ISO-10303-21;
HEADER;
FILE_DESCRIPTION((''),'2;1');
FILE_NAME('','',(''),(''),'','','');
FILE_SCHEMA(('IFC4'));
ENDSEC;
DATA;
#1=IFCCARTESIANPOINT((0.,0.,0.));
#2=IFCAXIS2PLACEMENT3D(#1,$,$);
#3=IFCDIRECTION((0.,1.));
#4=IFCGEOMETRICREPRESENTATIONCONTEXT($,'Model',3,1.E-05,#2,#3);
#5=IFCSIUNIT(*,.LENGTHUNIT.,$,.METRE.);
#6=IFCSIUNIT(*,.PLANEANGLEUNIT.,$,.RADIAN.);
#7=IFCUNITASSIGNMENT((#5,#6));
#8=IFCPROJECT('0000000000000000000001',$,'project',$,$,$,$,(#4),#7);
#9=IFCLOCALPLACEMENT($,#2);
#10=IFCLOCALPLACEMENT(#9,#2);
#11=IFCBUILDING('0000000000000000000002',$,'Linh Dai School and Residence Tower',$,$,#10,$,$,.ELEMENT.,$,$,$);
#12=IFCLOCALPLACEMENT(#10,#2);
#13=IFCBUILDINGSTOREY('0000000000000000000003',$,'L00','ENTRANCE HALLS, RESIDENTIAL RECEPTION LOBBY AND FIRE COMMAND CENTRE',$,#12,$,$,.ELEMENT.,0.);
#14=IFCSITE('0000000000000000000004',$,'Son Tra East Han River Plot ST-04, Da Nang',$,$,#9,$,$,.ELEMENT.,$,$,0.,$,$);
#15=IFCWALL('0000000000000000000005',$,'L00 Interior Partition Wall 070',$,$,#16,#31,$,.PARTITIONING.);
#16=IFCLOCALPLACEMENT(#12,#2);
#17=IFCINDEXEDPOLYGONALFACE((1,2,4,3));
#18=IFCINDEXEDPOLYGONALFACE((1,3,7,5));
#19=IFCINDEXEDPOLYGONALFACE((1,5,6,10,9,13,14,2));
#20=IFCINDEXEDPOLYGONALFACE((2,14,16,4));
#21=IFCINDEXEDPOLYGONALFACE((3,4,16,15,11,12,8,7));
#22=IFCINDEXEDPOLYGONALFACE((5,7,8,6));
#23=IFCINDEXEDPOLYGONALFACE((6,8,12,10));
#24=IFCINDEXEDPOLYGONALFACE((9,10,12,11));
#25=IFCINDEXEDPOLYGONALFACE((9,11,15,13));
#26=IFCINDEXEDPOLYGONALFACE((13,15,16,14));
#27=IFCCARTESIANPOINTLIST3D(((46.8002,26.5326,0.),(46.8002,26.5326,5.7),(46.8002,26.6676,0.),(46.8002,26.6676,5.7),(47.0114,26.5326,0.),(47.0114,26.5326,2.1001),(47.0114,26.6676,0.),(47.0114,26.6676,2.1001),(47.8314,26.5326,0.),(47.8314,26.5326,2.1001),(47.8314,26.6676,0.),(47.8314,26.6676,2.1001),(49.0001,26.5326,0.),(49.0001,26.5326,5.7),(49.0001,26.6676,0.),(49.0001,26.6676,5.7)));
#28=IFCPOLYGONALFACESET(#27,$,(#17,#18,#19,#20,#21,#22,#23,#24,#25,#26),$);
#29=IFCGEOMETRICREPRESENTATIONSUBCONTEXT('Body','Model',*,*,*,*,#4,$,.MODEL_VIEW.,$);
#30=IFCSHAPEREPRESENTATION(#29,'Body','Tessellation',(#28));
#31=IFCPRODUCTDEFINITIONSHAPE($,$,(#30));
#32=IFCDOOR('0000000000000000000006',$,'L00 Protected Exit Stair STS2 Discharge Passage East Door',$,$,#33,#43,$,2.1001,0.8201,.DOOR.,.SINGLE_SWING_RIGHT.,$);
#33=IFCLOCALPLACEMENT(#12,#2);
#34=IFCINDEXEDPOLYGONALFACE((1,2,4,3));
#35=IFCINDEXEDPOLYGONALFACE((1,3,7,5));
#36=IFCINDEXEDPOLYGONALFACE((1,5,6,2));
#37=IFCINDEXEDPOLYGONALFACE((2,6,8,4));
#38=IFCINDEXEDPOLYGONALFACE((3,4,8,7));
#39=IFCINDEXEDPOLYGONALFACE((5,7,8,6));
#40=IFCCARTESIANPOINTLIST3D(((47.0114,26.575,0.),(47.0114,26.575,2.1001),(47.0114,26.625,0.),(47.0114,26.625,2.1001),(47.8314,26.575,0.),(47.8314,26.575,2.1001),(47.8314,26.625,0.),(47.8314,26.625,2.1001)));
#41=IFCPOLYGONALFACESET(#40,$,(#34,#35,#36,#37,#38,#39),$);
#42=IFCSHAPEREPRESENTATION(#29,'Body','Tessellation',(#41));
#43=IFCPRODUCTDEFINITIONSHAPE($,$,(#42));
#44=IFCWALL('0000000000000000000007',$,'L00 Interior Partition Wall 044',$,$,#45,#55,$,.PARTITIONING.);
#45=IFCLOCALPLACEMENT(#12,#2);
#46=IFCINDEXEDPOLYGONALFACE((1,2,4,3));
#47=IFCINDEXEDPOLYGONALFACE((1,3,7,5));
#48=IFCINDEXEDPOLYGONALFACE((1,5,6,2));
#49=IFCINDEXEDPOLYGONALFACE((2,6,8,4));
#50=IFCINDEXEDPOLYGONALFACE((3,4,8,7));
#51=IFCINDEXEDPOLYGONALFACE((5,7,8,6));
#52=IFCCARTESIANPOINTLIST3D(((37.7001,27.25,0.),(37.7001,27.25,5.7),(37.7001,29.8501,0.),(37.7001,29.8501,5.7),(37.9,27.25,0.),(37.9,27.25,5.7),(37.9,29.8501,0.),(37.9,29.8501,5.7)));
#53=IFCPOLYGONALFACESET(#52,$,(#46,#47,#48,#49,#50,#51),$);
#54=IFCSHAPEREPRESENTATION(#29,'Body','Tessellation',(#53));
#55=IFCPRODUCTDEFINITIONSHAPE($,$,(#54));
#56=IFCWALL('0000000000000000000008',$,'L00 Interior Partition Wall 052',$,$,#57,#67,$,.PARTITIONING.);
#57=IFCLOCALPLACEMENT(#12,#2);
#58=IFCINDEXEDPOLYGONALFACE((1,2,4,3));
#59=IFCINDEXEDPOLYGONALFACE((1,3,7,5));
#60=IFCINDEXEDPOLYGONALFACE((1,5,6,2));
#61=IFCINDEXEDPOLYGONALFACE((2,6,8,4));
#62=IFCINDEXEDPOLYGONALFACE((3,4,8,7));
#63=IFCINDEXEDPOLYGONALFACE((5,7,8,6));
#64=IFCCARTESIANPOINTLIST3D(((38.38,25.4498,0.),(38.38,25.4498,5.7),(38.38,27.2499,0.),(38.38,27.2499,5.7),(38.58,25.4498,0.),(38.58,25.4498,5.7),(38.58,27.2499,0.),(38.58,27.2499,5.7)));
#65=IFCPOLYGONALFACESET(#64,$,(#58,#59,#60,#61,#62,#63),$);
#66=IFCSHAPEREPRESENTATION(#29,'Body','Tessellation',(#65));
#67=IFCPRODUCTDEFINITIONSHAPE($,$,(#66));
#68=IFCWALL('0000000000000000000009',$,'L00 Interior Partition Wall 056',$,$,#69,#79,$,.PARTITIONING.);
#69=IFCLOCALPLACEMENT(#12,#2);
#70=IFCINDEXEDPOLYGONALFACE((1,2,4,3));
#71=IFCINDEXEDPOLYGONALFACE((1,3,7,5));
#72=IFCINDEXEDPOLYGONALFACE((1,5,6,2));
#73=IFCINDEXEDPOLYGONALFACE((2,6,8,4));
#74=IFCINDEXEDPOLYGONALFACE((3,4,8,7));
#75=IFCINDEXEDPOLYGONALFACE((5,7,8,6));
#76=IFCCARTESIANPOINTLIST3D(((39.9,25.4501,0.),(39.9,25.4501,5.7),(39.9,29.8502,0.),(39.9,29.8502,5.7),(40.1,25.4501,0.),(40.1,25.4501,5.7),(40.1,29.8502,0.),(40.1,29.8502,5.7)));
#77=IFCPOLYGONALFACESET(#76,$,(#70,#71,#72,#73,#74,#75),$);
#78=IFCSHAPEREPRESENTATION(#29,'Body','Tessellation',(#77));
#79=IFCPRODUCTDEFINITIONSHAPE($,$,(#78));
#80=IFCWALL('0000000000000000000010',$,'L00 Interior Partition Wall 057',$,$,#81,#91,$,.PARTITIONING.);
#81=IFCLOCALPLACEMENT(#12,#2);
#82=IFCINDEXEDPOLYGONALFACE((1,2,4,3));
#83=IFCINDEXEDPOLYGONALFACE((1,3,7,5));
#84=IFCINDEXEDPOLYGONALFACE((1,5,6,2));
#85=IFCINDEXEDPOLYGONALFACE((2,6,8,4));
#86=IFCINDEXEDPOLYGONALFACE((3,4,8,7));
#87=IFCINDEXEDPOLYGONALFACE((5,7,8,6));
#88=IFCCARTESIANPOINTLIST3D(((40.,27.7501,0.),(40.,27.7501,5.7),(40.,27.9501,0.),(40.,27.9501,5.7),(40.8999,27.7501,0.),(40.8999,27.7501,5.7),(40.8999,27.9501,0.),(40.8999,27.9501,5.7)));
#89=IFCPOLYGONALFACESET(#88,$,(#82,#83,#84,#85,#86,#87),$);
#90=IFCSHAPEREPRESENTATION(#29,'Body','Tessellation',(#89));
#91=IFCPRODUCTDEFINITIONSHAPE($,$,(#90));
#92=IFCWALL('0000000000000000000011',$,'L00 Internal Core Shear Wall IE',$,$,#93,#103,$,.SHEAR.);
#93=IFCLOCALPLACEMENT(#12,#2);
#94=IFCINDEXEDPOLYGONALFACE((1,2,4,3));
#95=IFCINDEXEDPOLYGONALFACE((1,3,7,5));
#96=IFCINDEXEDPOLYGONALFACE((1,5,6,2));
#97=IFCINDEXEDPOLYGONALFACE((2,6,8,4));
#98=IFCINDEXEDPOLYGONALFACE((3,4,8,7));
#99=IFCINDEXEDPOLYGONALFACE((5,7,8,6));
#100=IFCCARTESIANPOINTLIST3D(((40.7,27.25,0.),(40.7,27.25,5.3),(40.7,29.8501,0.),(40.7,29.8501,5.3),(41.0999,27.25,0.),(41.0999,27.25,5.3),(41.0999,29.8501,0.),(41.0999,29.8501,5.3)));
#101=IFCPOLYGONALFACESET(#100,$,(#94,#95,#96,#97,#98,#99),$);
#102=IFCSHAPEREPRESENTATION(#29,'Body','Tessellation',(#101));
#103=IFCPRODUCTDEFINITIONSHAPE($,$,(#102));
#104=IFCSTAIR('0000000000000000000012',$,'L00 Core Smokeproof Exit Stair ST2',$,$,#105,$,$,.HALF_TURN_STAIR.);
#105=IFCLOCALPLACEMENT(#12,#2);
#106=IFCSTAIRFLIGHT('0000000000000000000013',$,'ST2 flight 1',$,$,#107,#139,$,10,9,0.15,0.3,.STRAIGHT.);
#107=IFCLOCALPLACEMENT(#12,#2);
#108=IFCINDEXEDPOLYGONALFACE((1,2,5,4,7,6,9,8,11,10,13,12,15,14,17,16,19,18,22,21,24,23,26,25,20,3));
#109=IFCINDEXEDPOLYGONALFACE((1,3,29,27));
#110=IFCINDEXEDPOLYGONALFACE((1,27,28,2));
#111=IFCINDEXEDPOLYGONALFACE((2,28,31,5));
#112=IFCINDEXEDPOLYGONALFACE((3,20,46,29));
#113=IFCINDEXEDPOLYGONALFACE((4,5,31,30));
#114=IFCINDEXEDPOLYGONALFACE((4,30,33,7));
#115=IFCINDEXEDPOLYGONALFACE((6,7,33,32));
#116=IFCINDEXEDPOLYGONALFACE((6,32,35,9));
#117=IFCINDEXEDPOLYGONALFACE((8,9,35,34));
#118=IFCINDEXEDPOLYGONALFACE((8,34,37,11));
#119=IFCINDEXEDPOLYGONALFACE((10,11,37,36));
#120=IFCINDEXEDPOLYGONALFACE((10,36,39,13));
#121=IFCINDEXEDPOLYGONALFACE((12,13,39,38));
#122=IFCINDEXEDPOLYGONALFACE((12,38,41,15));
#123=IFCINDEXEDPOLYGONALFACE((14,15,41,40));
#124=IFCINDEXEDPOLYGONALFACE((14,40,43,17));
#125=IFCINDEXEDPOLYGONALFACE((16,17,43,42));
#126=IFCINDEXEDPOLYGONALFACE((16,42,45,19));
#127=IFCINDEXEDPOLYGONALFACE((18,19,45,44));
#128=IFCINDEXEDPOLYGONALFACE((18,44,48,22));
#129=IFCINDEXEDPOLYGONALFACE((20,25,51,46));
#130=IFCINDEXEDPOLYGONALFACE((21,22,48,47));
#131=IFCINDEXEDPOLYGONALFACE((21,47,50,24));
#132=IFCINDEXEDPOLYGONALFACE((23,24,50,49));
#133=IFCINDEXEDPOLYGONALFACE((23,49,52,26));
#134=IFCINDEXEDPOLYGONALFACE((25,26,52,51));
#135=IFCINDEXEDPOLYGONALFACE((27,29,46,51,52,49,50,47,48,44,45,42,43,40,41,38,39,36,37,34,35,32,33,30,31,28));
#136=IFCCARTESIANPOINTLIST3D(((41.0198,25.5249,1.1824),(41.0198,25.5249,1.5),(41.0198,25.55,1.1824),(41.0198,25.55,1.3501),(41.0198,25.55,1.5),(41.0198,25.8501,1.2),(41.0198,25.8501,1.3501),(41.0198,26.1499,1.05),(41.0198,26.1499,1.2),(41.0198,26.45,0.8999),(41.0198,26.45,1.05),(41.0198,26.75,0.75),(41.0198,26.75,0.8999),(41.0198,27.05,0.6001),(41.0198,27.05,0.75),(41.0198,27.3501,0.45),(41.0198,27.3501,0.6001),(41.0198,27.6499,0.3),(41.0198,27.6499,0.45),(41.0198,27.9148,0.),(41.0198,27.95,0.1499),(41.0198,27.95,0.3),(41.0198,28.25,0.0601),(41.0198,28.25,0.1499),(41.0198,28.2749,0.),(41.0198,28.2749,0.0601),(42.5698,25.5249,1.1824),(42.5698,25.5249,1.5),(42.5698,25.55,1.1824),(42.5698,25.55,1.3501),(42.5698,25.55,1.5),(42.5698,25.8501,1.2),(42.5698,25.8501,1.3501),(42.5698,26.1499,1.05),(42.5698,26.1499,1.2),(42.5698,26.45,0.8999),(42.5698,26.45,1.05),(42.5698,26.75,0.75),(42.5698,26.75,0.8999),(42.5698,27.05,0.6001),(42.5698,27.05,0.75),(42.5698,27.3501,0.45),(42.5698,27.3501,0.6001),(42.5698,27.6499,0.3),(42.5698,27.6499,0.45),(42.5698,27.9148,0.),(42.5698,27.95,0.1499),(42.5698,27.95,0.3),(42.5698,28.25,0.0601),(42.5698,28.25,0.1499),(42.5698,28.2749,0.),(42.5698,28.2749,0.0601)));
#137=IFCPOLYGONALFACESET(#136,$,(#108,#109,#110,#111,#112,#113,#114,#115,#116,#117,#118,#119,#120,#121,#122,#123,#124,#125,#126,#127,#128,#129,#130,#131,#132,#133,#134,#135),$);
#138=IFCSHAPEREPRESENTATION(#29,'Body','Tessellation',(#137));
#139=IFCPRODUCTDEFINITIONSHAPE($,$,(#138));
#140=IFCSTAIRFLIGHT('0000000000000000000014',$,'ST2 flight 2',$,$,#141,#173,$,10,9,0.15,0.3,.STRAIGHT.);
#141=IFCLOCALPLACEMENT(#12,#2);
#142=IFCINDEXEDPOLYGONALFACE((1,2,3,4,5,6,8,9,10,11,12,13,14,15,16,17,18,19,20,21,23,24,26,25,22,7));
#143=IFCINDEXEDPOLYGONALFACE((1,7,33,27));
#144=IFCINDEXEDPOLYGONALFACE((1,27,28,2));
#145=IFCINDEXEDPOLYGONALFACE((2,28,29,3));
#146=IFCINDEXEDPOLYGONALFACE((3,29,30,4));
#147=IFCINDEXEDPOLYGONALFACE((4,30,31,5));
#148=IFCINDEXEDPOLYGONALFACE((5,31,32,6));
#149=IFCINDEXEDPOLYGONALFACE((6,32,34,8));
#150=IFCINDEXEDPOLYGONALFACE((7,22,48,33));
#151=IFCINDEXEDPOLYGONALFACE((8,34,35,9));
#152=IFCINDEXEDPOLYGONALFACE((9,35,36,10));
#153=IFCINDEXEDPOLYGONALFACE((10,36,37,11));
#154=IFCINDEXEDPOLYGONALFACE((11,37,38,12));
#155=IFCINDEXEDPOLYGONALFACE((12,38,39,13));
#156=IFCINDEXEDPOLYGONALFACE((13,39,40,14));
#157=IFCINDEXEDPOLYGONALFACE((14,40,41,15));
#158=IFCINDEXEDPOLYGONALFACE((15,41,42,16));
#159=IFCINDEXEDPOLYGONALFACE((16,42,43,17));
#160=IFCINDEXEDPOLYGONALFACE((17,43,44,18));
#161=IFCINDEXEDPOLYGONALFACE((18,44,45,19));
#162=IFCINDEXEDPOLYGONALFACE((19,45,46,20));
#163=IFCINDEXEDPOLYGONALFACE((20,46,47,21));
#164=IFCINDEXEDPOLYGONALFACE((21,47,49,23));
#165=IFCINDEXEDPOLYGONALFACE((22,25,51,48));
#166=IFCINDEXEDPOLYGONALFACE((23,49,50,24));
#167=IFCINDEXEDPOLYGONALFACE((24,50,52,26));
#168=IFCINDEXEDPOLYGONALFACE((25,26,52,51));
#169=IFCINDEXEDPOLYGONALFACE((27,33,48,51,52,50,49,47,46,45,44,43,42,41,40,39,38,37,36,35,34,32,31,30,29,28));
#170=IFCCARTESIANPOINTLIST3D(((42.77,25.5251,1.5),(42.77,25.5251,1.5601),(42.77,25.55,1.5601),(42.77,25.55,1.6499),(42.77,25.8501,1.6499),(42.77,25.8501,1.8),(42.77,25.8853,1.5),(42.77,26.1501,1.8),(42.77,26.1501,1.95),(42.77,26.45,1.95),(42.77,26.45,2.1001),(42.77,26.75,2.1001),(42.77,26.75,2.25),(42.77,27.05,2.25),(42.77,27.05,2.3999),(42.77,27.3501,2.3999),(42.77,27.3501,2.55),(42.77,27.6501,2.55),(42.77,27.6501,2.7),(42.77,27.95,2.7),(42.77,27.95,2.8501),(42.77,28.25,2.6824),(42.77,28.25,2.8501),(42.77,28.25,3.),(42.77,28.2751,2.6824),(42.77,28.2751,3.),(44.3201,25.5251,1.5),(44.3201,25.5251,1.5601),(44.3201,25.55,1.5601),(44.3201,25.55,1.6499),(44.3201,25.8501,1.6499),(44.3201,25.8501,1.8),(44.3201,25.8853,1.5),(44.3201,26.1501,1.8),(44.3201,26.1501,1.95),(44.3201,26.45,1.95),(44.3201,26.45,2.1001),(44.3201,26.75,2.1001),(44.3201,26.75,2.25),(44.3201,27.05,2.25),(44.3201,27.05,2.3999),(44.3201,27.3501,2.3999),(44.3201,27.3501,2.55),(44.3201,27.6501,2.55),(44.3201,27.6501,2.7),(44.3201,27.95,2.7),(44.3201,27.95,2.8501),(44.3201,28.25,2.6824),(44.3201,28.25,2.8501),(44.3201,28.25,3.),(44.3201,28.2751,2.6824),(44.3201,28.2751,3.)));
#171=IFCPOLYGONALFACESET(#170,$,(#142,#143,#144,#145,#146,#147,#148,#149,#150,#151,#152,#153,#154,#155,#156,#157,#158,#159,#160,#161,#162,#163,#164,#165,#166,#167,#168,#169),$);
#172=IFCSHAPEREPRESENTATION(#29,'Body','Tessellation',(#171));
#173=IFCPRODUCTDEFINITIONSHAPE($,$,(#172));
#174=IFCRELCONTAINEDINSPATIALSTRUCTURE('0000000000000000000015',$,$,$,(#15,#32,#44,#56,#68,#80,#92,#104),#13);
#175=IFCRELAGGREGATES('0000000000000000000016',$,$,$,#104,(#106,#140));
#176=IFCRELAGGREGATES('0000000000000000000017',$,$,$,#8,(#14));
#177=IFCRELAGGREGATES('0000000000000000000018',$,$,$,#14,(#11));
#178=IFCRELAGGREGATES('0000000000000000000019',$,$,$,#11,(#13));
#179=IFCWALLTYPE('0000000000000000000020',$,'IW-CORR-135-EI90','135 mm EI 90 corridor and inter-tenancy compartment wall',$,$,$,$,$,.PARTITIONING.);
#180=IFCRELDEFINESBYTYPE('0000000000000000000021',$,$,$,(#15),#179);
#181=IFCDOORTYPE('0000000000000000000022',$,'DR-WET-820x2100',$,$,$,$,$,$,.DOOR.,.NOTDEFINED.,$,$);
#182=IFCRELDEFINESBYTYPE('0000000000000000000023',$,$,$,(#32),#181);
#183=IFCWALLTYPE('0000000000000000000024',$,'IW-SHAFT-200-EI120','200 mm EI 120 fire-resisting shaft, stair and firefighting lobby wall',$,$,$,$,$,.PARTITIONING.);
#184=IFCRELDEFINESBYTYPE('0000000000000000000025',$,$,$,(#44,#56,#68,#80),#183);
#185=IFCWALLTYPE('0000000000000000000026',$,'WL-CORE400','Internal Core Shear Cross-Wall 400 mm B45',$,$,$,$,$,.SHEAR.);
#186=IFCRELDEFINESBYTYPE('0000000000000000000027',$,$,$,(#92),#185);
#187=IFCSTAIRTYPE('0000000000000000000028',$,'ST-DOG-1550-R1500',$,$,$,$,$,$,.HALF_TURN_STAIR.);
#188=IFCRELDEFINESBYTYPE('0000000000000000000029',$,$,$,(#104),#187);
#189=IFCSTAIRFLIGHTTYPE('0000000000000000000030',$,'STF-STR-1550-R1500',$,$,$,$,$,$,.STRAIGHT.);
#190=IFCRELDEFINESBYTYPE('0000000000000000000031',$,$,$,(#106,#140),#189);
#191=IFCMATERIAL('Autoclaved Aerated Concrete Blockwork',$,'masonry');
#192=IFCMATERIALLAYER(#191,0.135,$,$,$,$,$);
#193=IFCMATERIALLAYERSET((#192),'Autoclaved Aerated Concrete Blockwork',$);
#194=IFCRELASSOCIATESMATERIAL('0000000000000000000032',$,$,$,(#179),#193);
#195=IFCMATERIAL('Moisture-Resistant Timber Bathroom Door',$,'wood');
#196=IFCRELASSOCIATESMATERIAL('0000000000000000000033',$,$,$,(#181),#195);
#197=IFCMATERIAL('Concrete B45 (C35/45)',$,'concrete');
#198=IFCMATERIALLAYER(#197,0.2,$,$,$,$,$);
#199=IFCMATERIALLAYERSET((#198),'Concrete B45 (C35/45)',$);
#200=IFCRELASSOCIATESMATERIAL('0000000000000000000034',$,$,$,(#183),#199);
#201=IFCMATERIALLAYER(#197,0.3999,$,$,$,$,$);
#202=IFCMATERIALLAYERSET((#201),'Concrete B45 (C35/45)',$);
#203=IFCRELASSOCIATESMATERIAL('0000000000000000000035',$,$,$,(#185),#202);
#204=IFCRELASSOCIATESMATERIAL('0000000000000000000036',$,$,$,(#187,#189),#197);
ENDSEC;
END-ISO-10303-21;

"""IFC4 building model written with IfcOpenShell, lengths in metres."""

from ifc_helpers import new_model, si_unit, direction, frame, frame_2d, origin, origin_2d, place, context, subcontext, project, spatial, polyline, rectangle, outline, extrude, source, transform, mapped, material, layer, layer_set, type_object, element, fill, aggregate, save


model = new_model("IFC4")

# Units and contexts
model_context = context("Model", 3, precision=1e-05, world=origin(), true_north=direction((0.0, 1.0)))
body_context = subcontext(model_context, "Body", "Model", "MODEL_VIEW")
ifc_project = project(units=[si_unit("LENGTHUNIT", "METRE"), si_unit("PLANEANGLEUNIT", "RADIAN")], contexts=[model_context])

# Site, building, storey
site_placement = place(None, origin())
site = spatial("IfcSite", under=ifc_project, at=site_placement, Name="Son Tra East Han River Plot ST-04, Da Nang", CompositionType="ELEMENT", RefElevation=0.0)
building_placement = place(site_placement, origin())
building = spatial("IfcBuilding", under=site, at=building_placement, Name="Linh Dai School and Residence Tower", CompositionType="ELEMENT")
storey_placement = place(building_placement, origin())
storey = spatial("IfcBuildingStorey", under=building, at=storey_placement, Name="L00", Description="ENTRANCE HALLS, RESIDENTIAL RECEPTION LOBBY AND FIRE COMMAND CENTRE", CompositionType="ELEMENT", Elevation=0.0)

# Wall, opening, door
ifc_material_1 = material(Name="Autoclaved Aerated Concrete Blockwork", Category="masonry")
ifc_layer_1 = layer(ifc_material_1, 0.135)
ifc_layer_set_1 = layer_set([ifc_layer_1], Name="Autoclaved Aerated Concrete Blockwork")
wall_type_1 = type_object("IfcWallType", Name="IW-CORR-135-EI90", Description="135 mm EI 90 corridor and inter-tenancy compartment wall", PredefinedType="PARTITIONING", material=ifc_layer_set_1)
wall_1_placement = place(storey_placement, frame((46.8, 26.6001, 0.0), z_axis=(0.0, 0.0, 1.0), x_axis=(1.0, 0.0, 0.0)))
wall_1 = element("IfcWall", 1, at=wall_1_placement, inside=storey, type_object=wall_type_1, Name="L00 Interior Partition Wall 070", PredefinedType="PARTITIONING", context=body_context, shape_type="SweptSolid", body=[
    extrude(rectangle(XDim=2.2, YDim=0.135, at=frame_2d((1.1001, 0.0))), origin(), (0.0, 0.0, 1.0), 5.7),
])
opening_placement = place(wall_1_placement, frame((0.2112, 0.0, 0.0)))
opening = element("IfcOpeningElement", 2, at=opening_placement, cuts=wall_1, PredefinedType="OPENING", context=body_context, shape_type="SweptSolid", body=[
    extrude(rectangle(XDim=0.8201, YDim=2.1001, at=origin_2d()), frame((0.4102, 0.0776, 1.05), z_axis=(0.0, -1.0, 0.0), x_axis=(1.0, 0.0, 0.0)), (0.0, 0.0, 1.0), 0.155),
])
ifc_material_2 = material(Name="Moisture-Resistant Timber Bathroom Door", Category="wood")
door_type = type_object("IfcDoorType", Name="DR-WET-820x2100", OperationType="NOTDEFINED", PredefinedType="DOOR", material=ifc_material_2)
shared_shape_1 = source(origin(), body_context, "Body", "SweptSolid", [
    extrude(rectangle(XDim=0.8201, YDim=2.1001, at=origin_2d()), frame((0.4102, 0.0249, 1.05), z_axis=(0.0, -1.0, 0.0), x_axis=(1.0, 0.0, 0.0)), (0.0, 0.0, 1.0), 0.05),
])
door_placement = place(opening_placement, origin())
door = element("IfcDoor", 3, at=door_placement, inside=storey, type_object=door_type, Name="L00 Protected Exit Stair STS2 Discharge Passage East Door", OperationType="SINGLE_SWING_RIGHT", OverallHeight=2.1001, OverallWidth=0.8201, PredefinedType="DOOR", context=body_context, shape_type="MappedRepresentation", body=[
    mapped(shared_shape_1, transform((0.0, 0.0, 0.0), x_axis=(1.0, 0.0, 0.0), y_axis=(0.0, 1.0, 0.0), z_axis=(0.0, 0.0, 1.0), scale=1.0)),
])
fill(opening, door)

# Walls
ifc_material_3 = material(Name="Concrete B45 (C35/45)", Category="concrete")
ifc_layer_2 = layer(ifc_material_3, 0.2)
ifc_layer_set_2 = layer_set([ifc_layer_2], Name="Concrete B45 (C35/45)")
wall_type_2 = type_object("IfcWallType", Name="IW-SHAFT-200-EI120", Description="200 mm EI 120 fire-resisting shaft, stair and firefighting lobby wall", PredefinedType="PARTITIONING", material=ifc_layer_set_2)
wall_2_placement = place(storey_placement, frame((37.8, 27.25, 0.0), z_axis=(0.0, 0.0, 1.0), x_axis=(0.0, 1.0, 0.0)))
element("IfcWall", 4, at=wall_2_placement, inside=storey, type_object=wall_type_2, Name="L00 Interior Partition Wall 044", PredefinedType="PARTITIONING", context=body_context, shape_type="SweptSolid", body=[
    extrude(rectangle(XDim=2.6001, YDim=0.2, at=frame_2d((1.3, 0.0))), origin(), (0.0, 0.0, 1.0), 5.7),
])
wall_3_placement = place(storey_placement, frame((38.48, 25.45, 0.0), z_axis=(0.0, 0.0, 1.0), x_axis=(0.0, 1.0, 0.0)))
element("IfcWall", 5, at=wall_3_placement, inside=storey, type_object=wall_type_2, Name="L00 Interior Partition Wall 052", PredefinedType="PARTITIONING", context=body_context, shape_type="SweptSolid", body=[
    extrude(rectangle(XDim=1.8, YDim=0.2, at=frame_2d((0.8999, 0.0))), origin(), (0.0, 0.0, 1.0), 5.7),
])
wall_4_placement = place(storey_placement, frame((40.0, 25.45, 0.0), z_axis=(0.0, 0.0, 1.0), x_axis=(0.0, 1.0, 0.0)))
element("IfcWall", 6, at=wall_4_placement, inside=storey, type_object=wall_type_2, Name="L00 Interior Partition Wall 056", PredefinedType="PARTITIONING", context=body_context, shape_type="SweptSolid", body=[
    extrude(rectangle(XDim=4.4001, YDim=0.2, at=frame_2d((2.2002, 0.0))), origin(), (0.0, 0.0, 1.0), 5.7),
])
wall_5_placement = place(storey_placement, frame((40.0, 27.8501, 0.0), z_axis=(0.0, 0.0, 1.0), x_axis=(1.0, 0.0, 0.0)))
element("IfcWall", 7, at=wall_5_placement, inside=storey, type_object=wall_type_2, Name="L00 Interior Partition Wall 057", PredefinedType="PARTITIONING", context=body_context, shape_type="SweptSolid", body=[
    extrude(rectangle(XDim=0.8999, YDim=0.2, at=frame_2d((0.45, 0.0))), origin(), (0.0, 0.0, 1.0), 5.7),
])
ifc_layer_3 = layer(ifc_material_3, 0.3999)
ifc_layer_set_3 = layer_set([ifc_layer_3], Name="Concrete B45 (C35/45)")
wall_type_3 = type_object("IfcWallType", Name="WL-CORE400", Description="Internal Core Shear Cross-Wall 400 mm B45", PredefinedType="SHEAR", material=ifc_layer_set_3)
wall_6_placement = place(storey_placement, frame((40.8999, 27.25, 0.0), z_axis=(0.0, 0.0, 1.0), x_axis=(0.0, 1.0, 0.0)))
element("IfcWall", 8, at=wall_6_placement, inside=storey, type_object=wall_type_3, Name="L00 Internal Core Shear Wall IE", PredefinedType="SHEAR", context=body_context, shape_type="SweptSolid", body=[
    extrude(rectangle(XDim=2.6001, YDim=0.3999, at=frame_2d((1.3, 0.0))), origin(), (0.0, 0.0, 1.0), 5.3),
])

# Stair, stair flights
stair_type = type_object("IfcStairType", Name="ST-DOG-1550-R1500", PredefinedType="HALF_TURN_STAIR", material=ifc_material_3)
stair_placement = place(storey_placement, origin())
stair = element("IfcStair", 9, at=stair_placement, inside=storey, type_object=stair_type, Name="L00 Core Smokeproof Exit Stair ST2", PredefinedType="HALF_TURN_STAIR")
stair_flight_type = type_object("IfcStairFlightType", Name="STF-STR-1550-R1500", PredefinedType="STRAIGHT", material=ifc_material_3)
shared_shape_2 = source(origin(), body_context, "Body", "SweptSolid", [
    extrude(outline(polyline([(-0.0249, 0.0), (-0.0249, 0.0601), (0.0, 0.0601), (0.0, 0.1499), (0.3, 0.1499), (0.3, 0.3), (0.6001, 0.3), (0.6001, 0.45), (0.8999, 0.45), (0.8999, 0.6001), (1.2, 0.6001), (1.2, 0.75), (1.5, 0.75), (1.5, 0.8999), (1.8, 0.8999), (1.8, 1.05), (2.1001, 1.05), (2.1001, 1.2), (2.3999, 1.2), (2.3999, 1.3501), (2.7, 1.3501), (2.7, 1.5), (2.7251, 1.5), (2.7251, 1.1824), (2.7, 1.1824), (0.3352, 0.0), (-0.0249, 0.0)])), frame((0.0, 0.7749, 0.0), z_axis=(0.0, -1.0, 0.0), x_axis=(1.0, 0.0, 0.0)), (0.0, 0.0, 1.0), 1.55),
])
stair_flight_1_placement = place(storey_placement, frame((41.7949, 28.25, 0.0), z_axis=(0.0, 0.0, 1.0), x_axis=(0.0, -1.0, 0.0)))
stair_flight_1 = element("IfcStairFlight", 10, at=stair_flight_1_placement, type_object=stair_flight_type, Name="ST2 flight 1", NumberOfRisers=10, NumberOfTreads=9, PredefinedType="STRAIGHT", RiserHeight=0.15, TreadLength=0.3, context=body_context, shape_type="MappedRepresentation", body=[
    mapped(shared_shape_2, transform((0.0, 0.0, 0.0), x_axis=(1.0, 0.0, 0.0), y_axis=(0.0, 1.0, 0.0), z_axis=(0.0, 0.0, 1.0), scale=1.0)),
])
stair_flight_2_placement = place(storey_placement, frame((43.5449, 25.55, 1.5), z_axis=(0.0, 0.0, 1.0), x_axis=(0.0, 1.0, 0.0)))
stair_flight_2 = element("IfcStairFlight", 11, at=stair_flight_2_placement, type_object=stair_flight_type, Name="ST2 flight 2", NumberOfRisers=10, NumberOfTreads=9, PredefinedType="STRAIGHT", RiserHeight=0.15, TreadLength=0.3, context=body_context, shape_type="MappedRepresentation", body=[
    mapped(shared_shape_2, transform((0.0, 0.0, 0.0), x_axis=(1.0, 0.0, 0.0), y_axis=(0.0, 1.0, 0.0), z_axis=(0.0, 0.0, 1.0), scale=1.0)),
])
aggregate(stair, [stair_flight_1, stair_flight_2])

save(model, "model.ifc")
